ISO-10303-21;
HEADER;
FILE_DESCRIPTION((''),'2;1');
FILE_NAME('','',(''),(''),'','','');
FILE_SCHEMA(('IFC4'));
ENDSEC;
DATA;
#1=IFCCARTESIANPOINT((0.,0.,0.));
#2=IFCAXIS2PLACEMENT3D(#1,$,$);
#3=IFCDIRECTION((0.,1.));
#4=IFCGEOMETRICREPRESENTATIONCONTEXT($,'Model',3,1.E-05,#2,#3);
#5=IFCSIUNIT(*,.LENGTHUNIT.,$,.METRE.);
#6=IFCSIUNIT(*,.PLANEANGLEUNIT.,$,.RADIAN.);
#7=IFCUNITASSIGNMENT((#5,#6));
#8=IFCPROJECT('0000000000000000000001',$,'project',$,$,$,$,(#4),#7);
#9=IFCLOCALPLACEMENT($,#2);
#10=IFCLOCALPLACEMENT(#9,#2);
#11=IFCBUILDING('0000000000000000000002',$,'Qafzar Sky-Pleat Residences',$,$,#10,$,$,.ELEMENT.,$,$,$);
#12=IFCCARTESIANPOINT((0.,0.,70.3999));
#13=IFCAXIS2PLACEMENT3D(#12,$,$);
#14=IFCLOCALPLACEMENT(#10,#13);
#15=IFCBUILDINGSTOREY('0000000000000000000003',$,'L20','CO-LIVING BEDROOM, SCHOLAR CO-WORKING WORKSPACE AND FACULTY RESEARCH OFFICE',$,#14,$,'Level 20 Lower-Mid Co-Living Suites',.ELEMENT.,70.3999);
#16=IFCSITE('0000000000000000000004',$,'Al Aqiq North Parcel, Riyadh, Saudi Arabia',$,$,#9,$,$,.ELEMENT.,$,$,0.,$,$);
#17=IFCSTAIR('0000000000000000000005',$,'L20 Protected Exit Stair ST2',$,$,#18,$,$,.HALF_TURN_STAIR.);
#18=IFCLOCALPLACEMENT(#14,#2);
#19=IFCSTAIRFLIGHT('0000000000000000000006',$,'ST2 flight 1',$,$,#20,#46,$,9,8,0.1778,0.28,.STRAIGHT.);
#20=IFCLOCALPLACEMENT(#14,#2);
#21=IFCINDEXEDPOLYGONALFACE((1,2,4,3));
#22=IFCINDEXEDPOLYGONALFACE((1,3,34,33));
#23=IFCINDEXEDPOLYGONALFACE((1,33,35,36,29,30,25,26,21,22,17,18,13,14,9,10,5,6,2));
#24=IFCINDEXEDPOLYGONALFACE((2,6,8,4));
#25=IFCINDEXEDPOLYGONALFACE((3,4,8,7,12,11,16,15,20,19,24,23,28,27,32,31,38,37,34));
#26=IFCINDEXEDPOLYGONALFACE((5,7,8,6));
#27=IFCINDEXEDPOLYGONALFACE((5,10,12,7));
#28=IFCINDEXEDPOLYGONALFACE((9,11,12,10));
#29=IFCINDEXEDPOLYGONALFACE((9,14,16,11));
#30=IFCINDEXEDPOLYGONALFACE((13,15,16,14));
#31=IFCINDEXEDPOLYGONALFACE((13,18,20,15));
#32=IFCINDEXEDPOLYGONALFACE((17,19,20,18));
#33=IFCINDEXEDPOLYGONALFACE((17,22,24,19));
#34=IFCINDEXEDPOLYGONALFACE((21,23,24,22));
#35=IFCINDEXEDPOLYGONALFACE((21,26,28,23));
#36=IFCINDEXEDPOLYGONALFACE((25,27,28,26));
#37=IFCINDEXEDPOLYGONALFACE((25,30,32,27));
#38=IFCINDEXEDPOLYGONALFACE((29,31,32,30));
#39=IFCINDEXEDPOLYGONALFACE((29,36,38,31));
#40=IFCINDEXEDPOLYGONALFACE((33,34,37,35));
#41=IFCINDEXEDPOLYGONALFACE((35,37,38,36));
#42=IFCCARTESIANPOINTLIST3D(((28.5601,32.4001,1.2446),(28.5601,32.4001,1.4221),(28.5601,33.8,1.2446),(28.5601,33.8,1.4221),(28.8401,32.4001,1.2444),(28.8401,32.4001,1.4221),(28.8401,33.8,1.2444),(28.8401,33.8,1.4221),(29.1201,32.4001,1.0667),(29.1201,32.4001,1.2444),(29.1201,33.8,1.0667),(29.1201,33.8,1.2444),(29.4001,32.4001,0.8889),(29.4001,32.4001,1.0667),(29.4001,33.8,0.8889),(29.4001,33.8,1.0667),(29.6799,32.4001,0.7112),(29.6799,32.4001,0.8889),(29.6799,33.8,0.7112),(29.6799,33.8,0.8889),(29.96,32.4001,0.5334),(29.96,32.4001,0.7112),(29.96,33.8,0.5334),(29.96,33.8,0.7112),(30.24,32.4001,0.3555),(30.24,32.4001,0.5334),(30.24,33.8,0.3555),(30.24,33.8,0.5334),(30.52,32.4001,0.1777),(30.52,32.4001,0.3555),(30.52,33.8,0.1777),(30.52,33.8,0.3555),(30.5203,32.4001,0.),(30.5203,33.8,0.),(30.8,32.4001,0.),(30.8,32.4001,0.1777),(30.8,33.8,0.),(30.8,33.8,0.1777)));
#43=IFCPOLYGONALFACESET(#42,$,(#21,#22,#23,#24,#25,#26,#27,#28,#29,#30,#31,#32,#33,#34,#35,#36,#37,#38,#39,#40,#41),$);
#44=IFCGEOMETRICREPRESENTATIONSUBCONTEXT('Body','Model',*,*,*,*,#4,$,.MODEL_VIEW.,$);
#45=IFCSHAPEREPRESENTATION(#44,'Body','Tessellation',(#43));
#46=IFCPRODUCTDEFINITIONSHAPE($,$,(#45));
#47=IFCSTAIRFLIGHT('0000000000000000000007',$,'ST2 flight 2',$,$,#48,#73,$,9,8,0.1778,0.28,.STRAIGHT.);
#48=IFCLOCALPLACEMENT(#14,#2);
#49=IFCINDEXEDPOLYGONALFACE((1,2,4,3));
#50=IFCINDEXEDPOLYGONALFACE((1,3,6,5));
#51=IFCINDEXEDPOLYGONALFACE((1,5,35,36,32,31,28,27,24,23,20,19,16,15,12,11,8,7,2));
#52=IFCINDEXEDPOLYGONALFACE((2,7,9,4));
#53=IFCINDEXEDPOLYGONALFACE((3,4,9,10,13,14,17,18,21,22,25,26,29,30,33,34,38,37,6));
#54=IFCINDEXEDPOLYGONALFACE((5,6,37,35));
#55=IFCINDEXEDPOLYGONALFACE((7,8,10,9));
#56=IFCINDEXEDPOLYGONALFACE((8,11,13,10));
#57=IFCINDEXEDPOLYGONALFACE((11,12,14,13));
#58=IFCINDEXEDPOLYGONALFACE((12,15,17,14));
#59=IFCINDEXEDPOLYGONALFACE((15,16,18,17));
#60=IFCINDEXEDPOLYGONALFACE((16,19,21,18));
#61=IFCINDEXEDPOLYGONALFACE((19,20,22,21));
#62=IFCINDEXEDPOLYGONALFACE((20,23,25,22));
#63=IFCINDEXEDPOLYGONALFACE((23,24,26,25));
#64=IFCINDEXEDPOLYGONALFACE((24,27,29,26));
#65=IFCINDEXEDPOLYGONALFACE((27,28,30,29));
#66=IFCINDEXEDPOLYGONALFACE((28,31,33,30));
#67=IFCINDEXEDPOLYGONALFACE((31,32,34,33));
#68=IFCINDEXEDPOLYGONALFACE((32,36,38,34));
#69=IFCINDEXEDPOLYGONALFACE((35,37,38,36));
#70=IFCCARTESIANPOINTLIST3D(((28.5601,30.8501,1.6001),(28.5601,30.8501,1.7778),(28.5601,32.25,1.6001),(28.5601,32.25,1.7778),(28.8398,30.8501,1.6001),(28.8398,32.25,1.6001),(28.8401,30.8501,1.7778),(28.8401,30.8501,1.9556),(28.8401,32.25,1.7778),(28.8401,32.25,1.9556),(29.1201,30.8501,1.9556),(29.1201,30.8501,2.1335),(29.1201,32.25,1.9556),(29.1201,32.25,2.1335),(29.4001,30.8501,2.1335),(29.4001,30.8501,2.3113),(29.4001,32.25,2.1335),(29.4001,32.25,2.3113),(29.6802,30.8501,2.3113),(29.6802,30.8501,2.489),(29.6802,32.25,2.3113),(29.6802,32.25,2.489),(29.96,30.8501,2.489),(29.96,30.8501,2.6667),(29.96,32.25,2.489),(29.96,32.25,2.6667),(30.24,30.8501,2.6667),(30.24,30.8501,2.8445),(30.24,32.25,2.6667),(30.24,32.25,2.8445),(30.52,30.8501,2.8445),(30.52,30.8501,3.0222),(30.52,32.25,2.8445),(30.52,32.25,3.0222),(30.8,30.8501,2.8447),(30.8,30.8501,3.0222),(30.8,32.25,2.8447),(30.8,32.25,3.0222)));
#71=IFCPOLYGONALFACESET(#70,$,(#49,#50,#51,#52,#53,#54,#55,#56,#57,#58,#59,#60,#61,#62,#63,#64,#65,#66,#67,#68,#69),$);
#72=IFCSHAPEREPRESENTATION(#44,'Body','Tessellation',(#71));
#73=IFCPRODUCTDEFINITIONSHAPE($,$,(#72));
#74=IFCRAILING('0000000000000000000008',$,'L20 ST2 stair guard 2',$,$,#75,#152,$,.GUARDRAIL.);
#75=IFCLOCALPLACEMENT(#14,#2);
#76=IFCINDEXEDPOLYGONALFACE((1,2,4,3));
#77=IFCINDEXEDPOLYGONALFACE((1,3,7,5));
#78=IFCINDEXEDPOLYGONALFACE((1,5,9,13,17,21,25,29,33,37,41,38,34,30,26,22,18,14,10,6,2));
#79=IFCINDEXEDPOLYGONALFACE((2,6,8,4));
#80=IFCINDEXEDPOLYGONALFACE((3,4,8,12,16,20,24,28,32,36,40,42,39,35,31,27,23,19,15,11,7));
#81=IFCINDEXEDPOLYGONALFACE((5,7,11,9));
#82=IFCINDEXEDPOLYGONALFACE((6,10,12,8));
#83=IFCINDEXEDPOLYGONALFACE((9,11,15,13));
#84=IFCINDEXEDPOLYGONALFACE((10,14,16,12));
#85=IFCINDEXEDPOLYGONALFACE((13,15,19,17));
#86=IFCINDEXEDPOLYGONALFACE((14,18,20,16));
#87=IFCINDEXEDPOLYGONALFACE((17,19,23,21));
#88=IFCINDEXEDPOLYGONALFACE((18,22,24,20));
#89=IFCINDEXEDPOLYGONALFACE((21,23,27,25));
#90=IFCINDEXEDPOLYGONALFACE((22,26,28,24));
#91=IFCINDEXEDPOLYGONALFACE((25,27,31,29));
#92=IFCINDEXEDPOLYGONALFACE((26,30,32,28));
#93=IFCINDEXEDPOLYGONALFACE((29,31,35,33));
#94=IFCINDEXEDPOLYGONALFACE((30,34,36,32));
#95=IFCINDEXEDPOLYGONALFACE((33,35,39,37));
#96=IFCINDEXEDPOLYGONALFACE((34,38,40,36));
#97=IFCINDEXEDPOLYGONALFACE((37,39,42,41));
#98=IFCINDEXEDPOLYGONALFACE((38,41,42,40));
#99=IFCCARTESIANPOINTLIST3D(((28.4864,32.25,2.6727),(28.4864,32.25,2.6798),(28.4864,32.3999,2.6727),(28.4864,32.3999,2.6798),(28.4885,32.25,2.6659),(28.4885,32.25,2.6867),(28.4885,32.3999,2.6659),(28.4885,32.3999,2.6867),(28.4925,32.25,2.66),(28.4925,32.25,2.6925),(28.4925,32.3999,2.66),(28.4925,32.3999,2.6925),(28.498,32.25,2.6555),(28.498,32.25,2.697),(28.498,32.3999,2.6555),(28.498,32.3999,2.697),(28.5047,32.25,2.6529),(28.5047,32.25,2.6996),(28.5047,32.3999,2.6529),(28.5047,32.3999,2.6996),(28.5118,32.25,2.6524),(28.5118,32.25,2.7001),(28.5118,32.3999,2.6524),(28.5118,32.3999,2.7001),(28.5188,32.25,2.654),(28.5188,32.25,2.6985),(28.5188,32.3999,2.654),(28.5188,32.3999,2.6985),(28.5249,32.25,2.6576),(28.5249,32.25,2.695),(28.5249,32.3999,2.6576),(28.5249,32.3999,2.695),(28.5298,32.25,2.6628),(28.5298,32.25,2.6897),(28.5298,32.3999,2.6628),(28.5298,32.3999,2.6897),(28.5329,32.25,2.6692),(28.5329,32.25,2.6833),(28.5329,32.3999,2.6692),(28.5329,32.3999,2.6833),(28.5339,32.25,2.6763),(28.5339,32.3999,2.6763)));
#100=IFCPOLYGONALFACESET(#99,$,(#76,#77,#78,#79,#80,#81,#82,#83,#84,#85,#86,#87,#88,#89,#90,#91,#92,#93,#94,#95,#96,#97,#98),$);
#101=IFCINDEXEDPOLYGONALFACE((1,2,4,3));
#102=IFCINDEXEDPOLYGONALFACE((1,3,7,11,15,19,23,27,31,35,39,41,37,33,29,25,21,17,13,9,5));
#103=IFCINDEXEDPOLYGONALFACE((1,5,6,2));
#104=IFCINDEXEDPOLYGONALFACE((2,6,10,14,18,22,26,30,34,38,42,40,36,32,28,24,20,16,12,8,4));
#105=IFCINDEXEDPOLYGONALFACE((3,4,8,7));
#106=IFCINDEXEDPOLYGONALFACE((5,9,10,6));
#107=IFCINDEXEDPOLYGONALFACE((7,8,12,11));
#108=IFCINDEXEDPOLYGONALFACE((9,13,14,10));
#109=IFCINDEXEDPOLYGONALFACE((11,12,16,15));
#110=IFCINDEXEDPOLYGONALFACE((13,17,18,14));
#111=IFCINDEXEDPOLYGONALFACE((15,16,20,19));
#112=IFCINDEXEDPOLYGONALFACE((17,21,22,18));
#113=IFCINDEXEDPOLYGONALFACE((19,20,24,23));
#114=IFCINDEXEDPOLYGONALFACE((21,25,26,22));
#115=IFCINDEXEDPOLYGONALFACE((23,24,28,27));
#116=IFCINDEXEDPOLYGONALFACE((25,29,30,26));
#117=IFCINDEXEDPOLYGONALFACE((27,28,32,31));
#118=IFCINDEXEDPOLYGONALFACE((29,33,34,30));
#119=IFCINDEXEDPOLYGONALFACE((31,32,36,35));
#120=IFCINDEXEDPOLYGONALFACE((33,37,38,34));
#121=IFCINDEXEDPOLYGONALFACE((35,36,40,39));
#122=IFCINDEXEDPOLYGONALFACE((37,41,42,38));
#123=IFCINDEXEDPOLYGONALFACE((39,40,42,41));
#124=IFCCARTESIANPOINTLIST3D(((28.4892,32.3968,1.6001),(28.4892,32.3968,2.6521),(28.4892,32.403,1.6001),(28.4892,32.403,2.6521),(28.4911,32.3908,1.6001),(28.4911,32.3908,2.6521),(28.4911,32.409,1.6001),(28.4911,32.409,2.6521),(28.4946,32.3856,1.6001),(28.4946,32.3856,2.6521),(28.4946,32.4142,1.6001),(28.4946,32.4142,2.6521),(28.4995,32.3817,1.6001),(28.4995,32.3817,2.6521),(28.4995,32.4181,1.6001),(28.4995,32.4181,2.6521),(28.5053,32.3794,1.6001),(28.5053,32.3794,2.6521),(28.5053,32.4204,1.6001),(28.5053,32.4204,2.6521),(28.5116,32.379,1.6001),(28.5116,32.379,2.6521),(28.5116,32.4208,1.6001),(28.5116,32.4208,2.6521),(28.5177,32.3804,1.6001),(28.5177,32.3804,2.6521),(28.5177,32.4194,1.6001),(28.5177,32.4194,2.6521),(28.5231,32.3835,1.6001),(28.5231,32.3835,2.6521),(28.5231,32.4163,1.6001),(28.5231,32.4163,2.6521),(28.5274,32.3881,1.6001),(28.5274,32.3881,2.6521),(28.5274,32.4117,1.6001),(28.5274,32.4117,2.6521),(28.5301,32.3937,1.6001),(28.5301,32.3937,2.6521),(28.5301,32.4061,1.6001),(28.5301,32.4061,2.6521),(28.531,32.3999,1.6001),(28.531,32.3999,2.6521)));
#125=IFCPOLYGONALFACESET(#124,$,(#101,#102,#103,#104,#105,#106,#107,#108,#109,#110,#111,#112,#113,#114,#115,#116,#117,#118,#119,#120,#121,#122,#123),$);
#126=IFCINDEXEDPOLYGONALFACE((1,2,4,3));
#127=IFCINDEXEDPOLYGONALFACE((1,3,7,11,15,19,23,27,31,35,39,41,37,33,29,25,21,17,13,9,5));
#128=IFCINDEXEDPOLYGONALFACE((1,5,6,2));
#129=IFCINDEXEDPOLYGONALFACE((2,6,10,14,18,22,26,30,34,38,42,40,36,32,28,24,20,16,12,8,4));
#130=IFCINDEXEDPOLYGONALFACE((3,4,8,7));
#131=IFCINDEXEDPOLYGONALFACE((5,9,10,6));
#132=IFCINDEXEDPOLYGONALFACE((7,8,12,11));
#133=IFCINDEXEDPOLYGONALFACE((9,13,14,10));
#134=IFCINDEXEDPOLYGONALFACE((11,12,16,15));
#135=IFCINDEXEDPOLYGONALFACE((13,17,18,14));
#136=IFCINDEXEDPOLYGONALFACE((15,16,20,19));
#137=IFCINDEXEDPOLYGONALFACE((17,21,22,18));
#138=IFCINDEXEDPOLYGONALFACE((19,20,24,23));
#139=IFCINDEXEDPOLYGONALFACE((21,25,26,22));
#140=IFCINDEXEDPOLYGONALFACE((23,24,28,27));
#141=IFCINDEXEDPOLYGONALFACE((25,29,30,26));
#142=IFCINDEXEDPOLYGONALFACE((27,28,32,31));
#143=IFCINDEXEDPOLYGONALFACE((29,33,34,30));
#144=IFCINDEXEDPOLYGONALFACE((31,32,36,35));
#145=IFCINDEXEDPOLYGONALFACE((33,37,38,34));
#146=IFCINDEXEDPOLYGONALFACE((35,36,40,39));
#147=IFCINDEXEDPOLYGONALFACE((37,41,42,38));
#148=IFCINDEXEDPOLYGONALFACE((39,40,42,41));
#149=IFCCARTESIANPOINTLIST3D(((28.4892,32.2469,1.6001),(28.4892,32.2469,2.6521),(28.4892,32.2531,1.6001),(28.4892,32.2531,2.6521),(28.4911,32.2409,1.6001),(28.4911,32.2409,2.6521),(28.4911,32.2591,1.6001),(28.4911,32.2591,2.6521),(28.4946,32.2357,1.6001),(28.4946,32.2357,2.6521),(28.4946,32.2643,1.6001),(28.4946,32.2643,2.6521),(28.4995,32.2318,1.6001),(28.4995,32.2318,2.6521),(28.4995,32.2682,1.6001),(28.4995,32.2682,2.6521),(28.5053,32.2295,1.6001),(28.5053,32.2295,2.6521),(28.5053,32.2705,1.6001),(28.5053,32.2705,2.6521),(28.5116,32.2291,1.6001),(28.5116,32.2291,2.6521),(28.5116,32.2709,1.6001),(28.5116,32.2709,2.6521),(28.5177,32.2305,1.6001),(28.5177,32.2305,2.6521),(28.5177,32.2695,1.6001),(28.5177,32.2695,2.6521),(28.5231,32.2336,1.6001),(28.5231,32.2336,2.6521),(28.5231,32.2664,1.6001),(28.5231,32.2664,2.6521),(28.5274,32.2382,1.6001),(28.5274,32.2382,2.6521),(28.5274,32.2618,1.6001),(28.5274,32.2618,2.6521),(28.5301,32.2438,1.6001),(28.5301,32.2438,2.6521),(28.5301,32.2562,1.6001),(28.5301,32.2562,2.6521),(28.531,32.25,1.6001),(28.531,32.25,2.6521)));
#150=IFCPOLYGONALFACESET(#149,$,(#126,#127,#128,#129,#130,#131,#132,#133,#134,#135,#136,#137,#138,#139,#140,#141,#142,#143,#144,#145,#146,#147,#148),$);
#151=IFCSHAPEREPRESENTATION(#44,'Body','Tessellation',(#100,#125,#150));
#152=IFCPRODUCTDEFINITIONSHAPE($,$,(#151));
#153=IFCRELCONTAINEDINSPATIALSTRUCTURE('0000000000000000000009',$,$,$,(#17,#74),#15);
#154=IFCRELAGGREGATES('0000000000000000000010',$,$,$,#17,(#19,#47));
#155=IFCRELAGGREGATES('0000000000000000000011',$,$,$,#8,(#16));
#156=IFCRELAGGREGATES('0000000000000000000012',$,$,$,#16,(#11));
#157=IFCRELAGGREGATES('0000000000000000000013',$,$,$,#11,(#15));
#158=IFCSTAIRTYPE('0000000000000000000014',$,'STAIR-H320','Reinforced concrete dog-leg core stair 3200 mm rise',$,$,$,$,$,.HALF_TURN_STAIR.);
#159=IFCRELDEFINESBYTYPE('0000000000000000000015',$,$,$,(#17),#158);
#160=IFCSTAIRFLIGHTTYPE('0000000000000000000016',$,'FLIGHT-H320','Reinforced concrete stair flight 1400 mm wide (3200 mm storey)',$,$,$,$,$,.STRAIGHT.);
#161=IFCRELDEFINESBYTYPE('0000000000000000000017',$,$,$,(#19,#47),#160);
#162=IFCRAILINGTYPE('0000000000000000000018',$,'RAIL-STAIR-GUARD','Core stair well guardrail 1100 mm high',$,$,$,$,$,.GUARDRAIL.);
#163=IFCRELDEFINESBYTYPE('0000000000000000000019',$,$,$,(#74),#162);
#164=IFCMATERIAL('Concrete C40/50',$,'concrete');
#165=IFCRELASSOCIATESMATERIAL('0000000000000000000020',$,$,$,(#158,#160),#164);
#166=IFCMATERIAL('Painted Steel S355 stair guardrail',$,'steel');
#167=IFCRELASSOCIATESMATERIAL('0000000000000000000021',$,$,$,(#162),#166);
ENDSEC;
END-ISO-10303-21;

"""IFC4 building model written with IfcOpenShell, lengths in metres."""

from ifc_helpers import new_model, si_unit, direction, frame, origin, origin_2d, place, context, subcontext, project, spatial, polyline, circle, outline, extrude, source, transform, mapped, material, type_object, element, aggregate, save


model = new_model("IFC4")

# Units and contexts
model_context = context("Model", 3, precision=1e-05, world=origin(), true_north=direction((0.0, 1.0)))
body_context = subcontext(model_context, "Body", "Model", "MODEL_VIEW")
ifc_project = project(units=[si_unit("LENGTHUNIT", "METRE"), si_unit("PLANEANGLEUNIT", "RADIAN")], contexts=[model_context])

# Site, building, storey
site_placement = place(None, origin())
site = spatial("IfcSite", under=ifc_project, at=site_placement, Name="Al Aqiq North Parcel, Riyadh, Saudi Arabia", CompositionType="ELEMENT", RefElevation=0.0)
building_placement = place(site_placement, origin())
building = spatial("IfcBuilding", under=site, at=building_placement, Name="Qafzar Sky-Pleat Residences", CompositionType="ELEMENT")
storey_placement = place(building_placement, frame((0.0, 0.0, 70.3999)))
storey = spatial("IfcBuildingStorey", under=building, at=storey_placement, Name="L20", Description="CO-LIVING BEDROOM, SCHOLAR CO-WORKING WORKSPACE AND FACULTY RESEARCH OFFICE", LongName="Level 20 Lower-Mid Co-Living Suites", CompositionType="ELEMENT", Elevation=70.3999)

# Stair, stair flights
ifc_material_1 = material(Name="Concrete C40/50", Category="concrete")
stair_type = type_object("IfcStairType", Name="STAIR-H320", Description="Reinforced concrete dog-leg core stair 3200 mm rise", PredefinedType="HALF_TURN_STAIR", material=ifc_material_1)
stair_placement = place(storey_placement, origin())
stair = element("IfcStair", 1, at=stair_placement, inside=storey, type_object=stair_type, Name="L20 Protected Exit Stair ST2", PredefinedType="HALF_TURN_STAIR")
stair_flight_type = type_object("IfcStairFlightType", Name="FLIGHT-H320", Description="Reinforced concrete stair flight 1400 mm wide (3200 mm storey)", PredefinedType="STRAIGHT", material=ifc_material_1)
shared_shape_1 = source(origin(), body_context, "Body", "SweptSolid", [
    extrude(outline(polyline([(0.0, 0.0), (0.0, 0.1777), (0.28, 0.1777), (0.28, 0.3555), (0.5601, 0.3555), (0.5601, 0.5334), (0.8401, 0.5334), (0.8401, 0.7112), (1.1201, 0.7112), (1.1201, 0.8889), (1.3999, 0.8889), (1.3999, 1.0667), (1.6799, 1.0667), (1.6799, 1.2444), (1.96, 1.2444), (1.96, 1.4221), (2.24, 1.4221), (2.24, 1.6001), (2.24, 1.2446), (0.2798, 0.0), (0.0, 0.0)])), frame((0.0, 0.7, 0.0), z_axis=(0.0, -1.0, 0.0), x_axis=(1.0, 0.0, 0.0)), (0.0, 0.0, 1.0), 1.3999),
])
stair_flight_1_placement = place(storey_placement, frame((30.8, 33.1001, 0.0), z_axis=(0.0, 0.0, 1.0), x_axis=(-1.0, 0.0, 0.0)))
stair_flight_1 = element("IfcStairFlight", 2, at=stair_flight_1_placement, type_object=stair_flight_type, Name="ST2 flight 1", NumberOfRisers=9, NumberOfTreads=8, PredefinedType="STRAIGHT", RiserHeight=0.1778, TreadLength=0.28, context=body_context, shape_type="MappedRepresentation", body=[
    mapped(shared_shape_1, transform((0.0, 0.0, 0.0), x_axis=(1.0, 0.0, 0.0), y_axis=(0.0, 1.0, 0.0), z_axis=(0.0, 0.0, 1.0), scale=1.0)),
])
stair_flight_2_placement = place(storey_placement, frame((28.5601, 31.55, 1.6001), z_axis=(0.0, 0.0, 1.0), x_axis=(1.0, 0.0, 0.0)))
stair_flight_2 = element("IfcStairFlight", 3, at=stair_flight_2_placement, type_object=stair_flight_type, Name="ST2 flight 2", NumberOfRisers=9, NumberOfTreads=8, PredefinedType="STRAIGHT", RiserHeight=0.1778, TreadLength=0.28, context=body_context, shape_type="MappedRepresentation", body=[
    mapped(shared_shape_1, transform((0.0, 0.0, 0.0), x_axis=(1.0, 0.0, 0.0), y_axis=(0.0, 1.0, 0.0), z_axis=(0.0, 0.0, 1.0), scale=1.0)),
])
aggregate(stair, [stair_flight_1, stair_flight_2])

# Railing
ifc_material_2 = material(Name="Painted Steel S355 stair guardrail", Category="steel")
railing_type_1 = type_object("IfcRailingType", Name="RAIL-STAIR-GUARD", Description="Core stair well guardrail 1100 mm high", PredefinedType="GUARDRAIL", material=ifc_material_2)
shared_shape_2 = source(origin(), body_context, "Body", "SweptSolid", [
    extrude(circle(Radius=0.0239, at=origin_2d()), frame((0.0, 0.0, 1.0762), z_axis=(0.0, -1.0, 0.0), x_axis=(1.0, 0.0, 0.0)), (0.0, 0.0, 1.0), 0.1499),
    extrude(circle(Radius=0.021, at=origin_2d()), origin(), (0.0, 0.0, 1.0), 1.052),
    extrude(circle(Radius=0.021, at=origin_2d()), frame((0.0, -0.1499, 0.0)), (0.0, 0.0, 1.0), 1.052),
])
for number, where, name in (
    (4, (28.51, 32.3999, 1.6001), "L20 ST2 stair guard 2"),
):
    element("IfcRailing", number, at=place(storey_placement, frame(where)), inside=storey, type_object=railing_type_1, Name=name, PredefinedType="GUARDRAIL", context=body_context, shape_type="MappedRepresentation", body=[
        mapped(shared_shape_2, transform((0.0, 0.0, 0.0), x_axis=(1.0, 0.0, 0.0), y_axis=(0.0, 1.0, 0.0), z_axis=(0.0, 0.0, 1.0), scale=1.0)),
    ])

save(model, "model.ifc")
